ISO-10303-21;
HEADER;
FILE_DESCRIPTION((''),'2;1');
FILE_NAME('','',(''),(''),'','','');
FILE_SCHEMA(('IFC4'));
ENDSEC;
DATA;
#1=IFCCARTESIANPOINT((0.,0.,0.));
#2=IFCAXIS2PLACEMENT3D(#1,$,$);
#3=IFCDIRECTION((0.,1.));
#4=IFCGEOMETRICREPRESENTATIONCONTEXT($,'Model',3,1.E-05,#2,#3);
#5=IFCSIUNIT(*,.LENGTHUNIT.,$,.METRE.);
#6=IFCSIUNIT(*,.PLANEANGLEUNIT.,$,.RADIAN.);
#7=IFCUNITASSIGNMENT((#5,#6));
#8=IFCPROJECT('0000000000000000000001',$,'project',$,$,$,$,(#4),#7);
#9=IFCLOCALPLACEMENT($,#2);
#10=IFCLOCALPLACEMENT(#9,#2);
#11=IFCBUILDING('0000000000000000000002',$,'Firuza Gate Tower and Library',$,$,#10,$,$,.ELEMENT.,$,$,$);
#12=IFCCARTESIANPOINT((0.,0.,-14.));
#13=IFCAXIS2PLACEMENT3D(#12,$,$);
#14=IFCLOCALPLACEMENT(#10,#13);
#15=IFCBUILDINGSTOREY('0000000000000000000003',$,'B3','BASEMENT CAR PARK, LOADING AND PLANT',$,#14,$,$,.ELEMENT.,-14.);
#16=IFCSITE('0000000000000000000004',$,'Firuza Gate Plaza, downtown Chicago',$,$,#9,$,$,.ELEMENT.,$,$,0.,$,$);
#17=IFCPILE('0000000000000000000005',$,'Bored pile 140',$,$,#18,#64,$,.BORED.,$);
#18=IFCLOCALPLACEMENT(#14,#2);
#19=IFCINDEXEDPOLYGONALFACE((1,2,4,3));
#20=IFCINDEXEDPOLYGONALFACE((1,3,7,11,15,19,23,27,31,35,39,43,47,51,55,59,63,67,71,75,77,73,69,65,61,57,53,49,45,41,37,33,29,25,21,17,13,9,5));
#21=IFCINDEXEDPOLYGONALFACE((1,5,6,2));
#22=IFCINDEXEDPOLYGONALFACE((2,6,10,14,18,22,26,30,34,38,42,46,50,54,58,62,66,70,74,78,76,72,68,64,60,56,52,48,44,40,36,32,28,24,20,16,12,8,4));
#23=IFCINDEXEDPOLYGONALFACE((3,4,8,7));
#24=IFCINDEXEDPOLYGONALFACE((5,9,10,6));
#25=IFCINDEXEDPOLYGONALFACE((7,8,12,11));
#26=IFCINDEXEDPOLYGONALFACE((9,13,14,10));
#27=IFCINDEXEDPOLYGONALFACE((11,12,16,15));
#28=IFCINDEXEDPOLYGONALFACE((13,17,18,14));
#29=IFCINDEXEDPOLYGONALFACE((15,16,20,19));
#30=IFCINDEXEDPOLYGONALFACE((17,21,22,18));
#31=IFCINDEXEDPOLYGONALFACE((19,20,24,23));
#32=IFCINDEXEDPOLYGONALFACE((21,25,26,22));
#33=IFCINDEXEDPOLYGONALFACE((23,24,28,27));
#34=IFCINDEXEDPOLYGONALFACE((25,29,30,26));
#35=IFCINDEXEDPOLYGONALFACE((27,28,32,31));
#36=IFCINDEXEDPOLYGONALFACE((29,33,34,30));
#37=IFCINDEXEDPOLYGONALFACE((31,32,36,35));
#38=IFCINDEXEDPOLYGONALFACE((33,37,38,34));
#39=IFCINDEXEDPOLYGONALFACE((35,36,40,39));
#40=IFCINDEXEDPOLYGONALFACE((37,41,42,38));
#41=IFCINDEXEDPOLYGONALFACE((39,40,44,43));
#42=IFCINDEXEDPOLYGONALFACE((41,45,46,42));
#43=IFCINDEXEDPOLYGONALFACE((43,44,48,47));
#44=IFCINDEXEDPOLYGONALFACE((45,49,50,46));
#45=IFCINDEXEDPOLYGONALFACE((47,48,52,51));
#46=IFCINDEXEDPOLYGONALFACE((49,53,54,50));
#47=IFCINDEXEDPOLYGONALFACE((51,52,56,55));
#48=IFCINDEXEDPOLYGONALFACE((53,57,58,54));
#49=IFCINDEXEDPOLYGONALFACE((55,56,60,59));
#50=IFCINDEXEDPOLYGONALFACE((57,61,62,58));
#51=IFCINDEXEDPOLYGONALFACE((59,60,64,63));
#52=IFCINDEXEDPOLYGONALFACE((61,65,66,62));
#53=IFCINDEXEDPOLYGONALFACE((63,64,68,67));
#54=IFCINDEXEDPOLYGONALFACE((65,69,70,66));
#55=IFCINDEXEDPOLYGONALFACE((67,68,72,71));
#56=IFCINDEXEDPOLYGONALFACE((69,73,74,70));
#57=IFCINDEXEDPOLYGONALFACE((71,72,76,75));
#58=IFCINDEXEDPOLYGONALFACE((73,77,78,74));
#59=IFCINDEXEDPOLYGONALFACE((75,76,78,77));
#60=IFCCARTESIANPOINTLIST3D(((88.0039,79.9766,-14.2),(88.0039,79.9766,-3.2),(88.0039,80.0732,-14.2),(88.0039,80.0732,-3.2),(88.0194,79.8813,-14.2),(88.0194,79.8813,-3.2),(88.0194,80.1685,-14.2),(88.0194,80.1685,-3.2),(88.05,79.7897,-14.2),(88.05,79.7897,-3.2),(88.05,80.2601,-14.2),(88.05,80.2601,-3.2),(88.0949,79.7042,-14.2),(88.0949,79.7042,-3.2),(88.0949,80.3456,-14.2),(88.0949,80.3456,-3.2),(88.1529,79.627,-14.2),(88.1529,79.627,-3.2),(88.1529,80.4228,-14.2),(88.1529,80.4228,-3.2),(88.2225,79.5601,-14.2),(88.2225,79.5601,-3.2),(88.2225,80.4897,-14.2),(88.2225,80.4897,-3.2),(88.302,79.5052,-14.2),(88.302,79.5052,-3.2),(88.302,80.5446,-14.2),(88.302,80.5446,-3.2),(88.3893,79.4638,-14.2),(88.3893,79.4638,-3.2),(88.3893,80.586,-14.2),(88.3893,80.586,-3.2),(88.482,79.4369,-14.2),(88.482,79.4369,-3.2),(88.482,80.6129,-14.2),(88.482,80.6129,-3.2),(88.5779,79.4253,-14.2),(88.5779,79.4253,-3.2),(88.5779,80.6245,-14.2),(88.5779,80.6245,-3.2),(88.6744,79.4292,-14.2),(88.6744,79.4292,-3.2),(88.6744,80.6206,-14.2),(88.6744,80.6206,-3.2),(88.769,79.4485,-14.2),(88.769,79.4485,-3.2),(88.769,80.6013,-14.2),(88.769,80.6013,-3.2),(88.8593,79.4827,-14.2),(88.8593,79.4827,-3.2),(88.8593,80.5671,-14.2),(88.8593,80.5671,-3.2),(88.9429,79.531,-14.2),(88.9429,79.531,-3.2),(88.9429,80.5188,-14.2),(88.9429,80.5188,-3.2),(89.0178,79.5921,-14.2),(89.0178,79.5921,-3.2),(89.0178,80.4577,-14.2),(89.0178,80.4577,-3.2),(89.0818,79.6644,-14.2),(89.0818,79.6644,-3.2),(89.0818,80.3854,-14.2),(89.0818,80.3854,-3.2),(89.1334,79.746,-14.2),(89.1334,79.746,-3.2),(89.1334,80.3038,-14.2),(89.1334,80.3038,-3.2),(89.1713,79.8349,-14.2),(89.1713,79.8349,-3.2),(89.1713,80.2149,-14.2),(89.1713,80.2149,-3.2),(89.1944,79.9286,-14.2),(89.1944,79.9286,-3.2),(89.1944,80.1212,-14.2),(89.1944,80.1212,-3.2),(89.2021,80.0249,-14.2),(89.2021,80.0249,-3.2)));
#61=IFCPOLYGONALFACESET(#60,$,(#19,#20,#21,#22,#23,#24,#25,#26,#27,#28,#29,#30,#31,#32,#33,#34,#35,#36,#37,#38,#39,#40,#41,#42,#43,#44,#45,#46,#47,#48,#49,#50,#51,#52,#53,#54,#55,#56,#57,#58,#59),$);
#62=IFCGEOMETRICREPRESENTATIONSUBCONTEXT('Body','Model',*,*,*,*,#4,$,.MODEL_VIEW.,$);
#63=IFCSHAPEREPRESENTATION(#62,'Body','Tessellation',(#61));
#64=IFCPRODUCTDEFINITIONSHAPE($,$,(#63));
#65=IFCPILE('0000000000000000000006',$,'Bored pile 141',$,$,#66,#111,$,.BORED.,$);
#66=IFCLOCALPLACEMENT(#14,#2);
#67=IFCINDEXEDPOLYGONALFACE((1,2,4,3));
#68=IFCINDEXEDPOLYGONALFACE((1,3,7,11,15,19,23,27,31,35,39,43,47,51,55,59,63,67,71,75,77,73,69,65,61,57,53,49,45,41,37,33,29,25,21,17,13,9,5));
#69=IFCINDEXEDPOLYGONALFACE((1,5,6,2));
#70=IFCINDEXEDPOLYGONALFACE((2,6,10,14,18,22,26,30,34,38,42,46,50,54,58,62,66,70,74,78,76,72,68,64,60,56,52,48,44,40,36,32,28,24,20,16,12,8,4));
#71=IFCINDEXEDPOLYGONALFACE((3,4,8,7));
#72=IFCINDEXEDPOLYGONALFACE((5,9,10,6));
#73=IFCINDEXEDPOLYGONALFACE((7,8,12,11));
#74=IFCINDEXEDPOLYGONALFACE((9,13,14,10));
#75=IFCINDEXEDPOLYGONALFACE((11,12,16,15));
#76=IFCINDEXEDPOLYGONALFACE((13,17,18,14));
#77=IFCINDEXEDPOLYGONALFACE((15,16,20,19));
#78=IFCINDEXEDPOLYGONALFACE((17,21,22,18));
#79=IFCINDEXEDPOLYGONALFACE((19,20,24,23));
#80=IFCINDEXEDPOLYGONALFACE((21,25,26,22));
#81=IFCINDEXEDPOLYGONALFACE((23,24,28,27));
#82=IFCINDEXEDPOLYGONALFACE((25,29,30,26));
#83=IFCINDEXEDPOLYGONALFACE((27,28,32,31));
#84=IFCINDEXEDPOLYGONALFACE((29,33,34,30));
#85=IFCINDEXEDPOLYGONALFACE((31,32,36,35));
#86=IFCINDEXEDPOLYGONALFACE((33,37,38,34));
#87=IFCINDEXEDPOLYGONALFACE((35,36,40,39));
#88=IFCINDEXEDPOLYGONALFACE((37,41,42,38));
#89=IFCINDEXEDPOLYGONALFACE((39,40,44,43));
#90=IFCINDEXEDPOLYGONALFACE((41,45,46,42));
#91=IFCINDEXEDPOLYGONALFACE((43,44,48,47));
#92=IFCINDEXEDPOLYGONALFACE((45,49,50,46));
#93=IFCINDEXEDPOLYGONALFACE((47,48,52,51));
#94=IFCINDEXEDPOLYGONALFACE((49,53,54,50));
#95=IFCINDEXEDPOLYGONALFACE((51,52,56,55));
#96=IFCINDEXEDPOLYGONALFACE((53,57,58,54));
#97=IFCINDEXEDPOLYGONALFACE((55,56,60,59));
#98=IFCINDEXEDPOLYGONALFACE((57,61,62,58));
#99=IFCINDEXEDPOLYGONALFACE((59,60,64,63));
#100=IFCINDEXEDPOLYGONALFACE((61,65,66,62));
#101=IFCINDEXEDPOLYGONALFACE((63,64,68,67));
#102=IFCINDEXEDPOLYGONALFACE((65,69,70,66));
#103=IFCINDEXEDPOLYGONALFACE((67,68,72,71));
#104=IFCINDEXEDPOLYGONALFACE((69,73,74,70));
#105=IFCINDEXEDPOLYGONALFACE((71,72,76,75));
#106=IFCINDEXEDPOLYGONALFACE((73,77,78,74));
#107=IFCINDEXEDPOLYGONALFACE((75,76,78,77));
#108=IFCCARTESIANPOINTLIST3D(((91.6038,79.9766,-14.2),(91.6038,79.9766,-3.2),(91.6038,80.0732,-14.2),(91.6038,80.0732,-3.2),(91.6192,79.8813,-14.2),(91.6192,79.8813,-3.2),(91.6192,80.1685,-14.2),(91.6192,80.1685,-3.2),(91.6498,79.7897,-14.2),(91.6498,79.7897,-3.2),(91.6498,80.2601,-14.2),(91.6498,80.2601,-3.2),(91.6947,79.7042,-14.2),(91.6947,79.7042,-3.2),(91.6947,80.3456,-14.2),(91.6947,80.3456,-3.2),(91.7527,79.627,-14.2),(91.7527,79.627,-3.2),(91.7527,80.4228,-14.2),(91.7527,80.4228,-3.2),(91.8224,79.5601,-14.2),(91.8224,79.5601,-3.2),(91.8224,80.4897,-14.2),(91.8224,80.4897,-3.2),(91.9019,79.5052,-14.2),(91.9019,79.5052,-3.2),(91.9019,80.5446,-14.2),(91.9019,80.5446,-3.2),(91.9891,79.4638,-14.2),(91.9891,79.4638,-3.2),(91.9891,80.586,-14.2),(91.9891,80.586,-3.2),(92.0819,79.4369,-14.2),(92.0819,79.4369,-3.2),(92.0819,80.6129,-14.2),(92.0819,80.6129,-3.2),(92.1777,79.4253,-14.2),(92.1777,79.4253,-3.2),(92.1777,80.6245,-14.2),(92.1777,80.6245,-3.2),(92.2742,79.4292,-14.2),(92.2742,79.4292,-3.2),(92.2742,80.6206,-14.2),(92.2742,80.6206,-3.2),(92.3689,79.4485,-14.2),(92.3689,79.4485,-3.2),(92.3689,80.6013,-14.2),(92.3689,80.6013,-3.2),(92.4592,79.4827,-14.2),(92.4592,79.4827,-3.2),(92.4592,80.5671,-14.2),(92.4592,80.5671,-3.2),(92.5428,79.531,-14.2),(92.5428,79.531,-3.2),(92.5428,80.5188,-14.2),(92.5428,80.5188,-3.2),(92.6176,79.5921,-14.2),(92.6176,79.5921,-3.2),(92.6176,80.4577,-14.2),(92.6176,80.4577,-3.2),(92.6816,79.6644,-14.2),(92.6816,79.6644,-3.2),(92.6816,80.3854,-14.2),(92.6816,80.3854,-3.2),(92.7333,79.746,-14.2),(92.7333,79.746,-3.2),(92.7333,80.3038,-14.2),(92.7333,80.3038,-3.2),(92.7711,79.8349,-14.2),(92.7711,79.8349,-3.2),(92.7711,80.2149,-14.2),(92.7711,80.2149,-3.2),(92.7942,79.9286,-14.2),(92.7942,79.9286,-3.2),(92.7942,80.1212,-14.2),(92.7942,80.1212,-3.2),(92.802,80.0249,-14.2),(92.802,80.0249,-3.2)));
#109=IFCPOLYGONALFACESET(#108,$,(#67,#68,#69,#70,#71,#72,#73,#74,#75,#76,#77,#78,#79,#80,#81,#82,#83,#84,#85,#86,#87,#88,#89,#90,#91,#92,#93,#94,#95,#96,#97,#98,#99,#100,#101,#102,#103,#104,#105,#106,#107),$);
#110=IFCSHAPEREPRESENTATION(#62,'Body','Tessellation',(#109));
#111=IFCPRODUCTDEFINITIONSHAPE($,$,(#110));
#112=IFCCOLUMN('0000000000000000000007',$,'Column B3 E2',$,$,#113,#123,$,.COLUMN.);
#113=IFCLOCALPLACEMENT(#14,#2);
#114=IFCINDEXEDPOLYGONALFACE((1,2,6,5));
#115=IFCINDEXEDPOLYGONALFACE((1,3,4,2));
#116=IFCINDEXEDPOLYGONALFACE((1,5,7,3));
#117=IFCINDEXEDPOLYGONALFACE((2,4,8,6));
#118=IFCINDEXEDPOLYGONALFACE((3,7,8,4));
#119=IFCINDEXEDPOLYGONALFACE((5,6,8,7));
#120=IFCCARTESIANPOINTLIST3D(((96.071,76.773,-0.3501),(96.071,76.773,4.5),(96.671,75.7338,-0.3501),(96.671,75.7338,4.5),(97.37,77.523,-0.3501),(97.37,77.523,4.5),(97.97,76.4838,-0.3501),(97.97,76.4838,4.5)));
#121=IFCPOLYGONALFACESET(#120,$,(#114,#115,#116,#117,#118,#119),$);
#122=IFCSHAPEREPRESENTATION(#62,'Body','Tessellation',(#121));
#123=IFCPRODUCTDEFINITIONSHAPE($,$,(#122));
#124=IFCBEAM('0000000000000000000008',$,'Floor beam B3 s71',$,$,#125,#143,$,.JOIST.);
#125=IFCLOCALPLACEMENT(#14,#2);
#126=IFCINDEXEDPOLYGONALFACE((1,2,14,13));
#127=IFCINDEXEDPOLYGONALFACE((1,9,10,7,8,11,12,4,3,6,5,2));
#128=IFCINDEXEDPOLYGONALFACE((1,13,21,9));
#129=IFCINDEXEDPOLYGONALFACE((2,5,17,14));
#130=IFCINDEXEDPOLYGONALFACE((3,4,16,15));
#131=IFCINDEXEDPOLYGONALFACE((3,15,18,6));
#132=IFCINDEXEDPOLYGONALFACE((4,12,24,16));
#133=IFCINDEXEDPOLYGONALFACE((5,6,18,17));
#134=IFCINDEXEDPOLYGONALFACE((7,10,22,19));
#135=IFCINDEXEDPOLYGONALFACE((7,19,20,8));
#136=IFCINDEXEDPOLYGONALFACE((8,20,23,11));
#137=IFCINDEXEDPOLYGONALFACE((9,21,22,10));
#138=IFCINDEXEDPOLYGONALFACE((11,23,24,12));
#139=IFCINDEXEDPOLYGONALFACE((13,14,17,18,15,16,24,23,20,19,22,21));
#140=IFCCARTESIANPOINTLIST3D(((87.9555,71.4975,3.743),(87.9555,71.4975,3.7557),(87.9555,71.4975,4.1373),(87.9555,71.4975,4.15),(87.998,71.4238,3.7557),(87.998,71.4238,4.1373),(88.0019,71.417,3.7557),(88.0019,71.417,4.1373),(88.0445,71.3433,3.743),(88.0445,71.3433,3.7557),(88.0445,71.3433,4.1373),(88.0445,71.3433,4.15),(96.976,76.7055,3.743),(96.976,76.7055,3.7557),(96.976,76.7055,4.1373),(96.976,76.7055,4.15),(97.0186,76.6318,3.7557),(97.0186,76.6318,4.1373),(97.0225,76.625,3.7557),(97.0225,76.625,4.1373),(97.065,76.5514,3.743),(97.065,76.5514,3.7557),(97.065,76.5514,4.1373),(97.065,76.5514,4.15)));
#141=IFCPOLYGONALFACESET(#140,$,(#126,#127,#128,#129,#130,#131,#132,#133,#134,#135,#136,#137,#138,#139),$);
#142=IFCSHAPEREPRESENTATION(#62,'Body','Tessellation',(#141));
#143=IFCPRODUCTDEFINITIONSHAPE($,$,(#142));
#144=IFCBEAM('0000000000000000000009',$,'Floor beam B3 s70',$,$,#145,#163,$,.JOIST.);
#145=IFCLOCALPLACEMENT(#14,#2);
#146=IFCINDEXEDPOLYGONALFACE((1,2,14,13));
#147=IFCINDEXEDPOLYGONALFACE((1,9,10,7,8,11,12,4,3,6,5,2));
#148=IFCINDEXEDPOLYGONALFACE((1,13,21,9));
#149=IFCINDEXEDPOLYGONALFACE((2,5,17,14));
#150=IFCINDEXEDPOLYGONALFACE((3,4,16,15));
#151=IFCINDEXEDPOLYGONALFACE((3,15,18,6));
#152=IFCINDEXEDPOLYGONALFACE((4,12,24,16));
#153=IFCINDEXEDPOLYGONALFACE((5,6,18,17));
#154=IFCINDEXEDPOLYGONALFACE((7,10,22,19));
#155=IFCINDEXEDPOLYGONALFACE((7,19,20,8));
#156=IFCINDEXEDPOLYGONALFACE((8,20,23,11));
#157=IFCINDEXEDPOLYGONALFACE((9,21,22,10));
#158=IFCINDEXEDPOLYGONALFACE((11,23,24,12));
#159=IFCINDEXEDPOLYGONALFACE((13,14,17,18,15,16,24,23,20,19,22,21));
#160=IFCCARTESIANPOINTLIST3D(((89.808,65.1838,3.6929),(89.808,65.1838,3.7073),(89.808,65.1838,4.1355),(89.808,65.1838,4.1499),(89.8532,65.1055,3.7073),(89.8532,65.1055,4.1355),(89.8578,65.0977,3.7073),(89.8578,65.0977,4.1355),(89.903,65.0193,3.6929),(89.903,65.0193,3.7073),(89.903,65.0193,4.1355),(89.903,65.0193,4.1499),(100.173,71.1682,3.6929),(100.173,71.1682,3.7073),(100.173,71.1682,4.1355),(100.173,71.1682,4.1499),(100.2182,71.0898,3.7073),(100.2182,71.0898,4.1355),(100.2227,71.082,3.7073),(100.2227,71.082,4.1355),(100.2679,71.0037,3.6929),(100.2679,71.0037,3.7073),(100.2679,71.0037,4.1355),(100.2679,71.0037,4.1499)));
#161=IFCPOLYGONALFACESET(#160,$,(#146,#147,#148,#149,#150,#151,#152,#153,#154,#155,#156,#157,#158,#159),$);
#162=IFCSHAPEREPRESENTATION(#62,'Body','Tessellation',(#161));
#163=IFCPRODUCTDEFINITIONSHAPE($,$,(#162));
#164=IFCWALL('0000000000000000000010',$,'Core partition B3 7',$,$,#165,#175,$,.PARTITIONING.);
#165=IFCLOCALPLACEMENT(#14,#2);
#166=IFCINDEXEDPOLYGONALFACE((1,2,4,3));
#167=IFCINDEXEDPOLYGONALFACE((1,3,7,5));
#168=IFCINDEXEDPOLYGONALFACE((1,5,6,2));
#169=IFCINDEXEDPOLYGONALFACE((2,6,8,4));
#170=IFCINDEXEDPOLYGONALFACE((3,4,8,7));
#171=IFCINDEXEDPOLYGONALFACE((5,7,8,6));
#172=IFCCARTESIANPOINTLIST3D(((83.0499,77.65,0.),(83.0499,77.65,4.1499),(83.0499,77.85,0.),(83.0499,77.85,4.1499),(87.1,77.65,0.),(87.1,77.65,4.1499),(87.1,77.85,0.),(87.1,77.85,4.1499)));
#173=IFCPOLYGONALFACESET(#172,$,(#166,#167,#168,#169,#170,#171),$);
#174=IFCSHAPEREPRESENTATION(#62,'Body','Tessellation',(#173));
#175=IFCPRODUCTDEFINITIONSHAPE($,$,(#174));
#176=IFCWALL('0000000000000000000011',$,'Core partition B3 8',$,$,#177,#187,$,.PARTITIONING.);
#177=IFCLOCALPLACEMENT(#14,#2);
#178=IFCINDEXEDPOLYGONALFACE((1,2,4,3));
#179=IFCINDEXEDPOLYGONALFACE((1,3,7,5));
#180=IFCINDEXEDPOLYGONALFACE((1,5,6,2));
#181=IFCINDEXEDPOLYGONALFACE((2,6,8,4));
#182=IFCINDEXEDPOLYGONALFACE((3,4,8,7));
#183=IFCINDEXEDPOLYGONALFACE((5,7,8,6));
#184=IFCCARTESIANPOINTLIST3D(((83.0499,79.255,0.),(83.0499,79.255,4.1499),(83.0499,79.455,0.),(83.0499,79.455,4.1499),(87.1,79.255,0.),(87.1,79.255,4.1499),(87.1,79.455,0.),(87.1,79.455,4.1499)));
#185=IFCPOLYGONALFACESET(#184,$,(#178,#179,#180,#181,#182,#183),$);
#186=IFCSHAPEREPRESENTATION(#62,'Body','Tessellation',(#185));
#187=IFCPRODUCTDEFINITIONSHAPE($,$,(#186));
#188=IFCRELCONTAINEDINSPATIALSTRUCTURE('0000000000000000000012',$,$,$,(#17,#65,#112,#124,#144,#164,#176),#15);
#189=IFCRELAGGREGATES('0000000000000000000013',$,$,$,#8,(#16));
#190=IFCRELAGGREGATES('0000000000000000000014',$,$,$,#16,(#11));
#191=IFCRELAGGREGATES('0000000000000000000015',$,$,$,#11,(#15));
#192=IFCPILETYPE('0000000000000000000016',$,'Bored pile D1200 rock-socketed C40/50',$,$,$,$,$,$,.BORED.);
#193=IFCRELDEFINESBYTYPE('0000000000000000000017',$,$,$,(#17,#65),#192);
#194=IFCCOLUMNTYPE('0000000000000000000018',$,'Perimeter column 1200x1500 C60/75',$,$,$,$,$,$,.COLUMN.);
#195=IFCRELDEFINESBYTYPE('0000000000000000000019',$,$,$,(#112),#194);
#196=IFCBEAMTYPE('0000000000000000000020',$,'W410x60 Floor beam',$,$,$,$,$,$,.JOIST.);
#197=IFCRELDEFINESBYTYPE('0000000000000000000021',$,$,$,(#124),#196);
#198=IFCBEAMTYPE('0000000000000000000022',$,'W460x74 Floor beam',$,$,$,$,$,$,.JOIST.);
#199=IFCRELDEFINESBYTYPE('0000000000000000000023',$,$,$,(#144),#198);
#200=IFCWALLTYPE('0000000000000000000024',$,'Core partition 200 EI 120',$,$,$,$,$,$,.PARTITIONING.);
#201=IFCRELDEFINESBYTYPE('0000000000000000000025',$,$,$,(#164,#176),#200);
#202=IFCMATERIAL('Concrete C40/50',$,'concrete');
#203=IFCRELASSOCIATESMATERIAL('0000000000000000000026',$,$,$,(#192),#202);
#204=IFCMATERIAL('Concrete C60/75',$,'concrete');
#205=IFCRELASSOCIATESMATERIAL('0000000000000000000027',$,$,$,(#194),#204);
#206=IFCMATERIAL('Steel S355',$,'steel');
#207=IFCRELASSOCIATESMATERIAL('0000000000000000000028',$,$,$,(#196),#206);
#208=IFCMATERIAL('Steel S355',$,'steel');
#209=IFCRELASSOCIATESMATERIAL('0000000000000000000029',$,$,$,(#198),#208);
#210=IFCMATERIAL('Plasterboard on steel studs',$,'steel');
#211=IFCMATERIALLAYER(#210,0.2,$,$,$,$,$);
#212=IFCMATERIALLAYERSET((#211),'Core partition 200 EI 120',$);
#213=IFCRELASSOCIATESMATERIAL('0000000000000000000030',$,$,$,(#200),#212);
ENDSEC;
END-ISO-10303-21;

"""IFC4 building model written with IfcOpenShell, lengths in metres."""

from ifc_helpers import new_model, si_unit, direction, frame, frame_2d, origin, origin_2d, place, context, subcontext, project, spatial, rectangle, circle, i_section, extrude, material, layer, layer_set, material_profile, profile_set, type_object, element, save


model = new_model("IFC4")

# Units and contexts
model_context = context("Model", 3, precision=1e-05, world=origin(), true_north=direction((0.0, 1.0)))
body_context = subcontext(model_context, "Body", "Model", "MODEL_VIEW")
ifc_project = project(units=[si_unit("LENGTHUNIT", "METRE"), si_unit("PLANEANGLEUNIT", "RADIAN")], contexts=[model_context])

# Site, building, storey
site_placement = place(None, origin())
site = spatial("IfcSite", under=ifc_project, at=site_placement, Name="Firuza Gate Plaza, downtown Chicago", CompositionType="ELEMENT", RefElevation=0.0)
building_placement = place(site_placement, origin())
building = spatial("IfcBuilding", under=site, at=building_placement, Name="Firuza Gate Tower and Library", CompositionType="ELEMENT")
storey_placement = place(building_placement, frame((0.0, 0.0, -14.0)))
storey = spatial("IfcBuildingStorey", under=building, at=storey_placement, Name="B3", Description="BASEMENT CAR PARK, LOADING AND PLANT", CompositionType="ELEMENT", Elevation=-14.0)

# Piles
ifc_material_1 = material(Name="Concrete C40/50", Category="concrete")
ifc_material_profile_1 = material_profile(ifc_material_1, circle(Radius=0.6001, at=origin_2d()))
ifc_profile_set_1 = profile_set([ifc_material_profile_1], Name="Concrete C40/50")
pile_type = type_object("IfcPileType", Name="Bored pile D1200 rock-socketed C40/50", PredefinedType="BORED", material=ifc_profile_set_1)
for number, where, z_axis, x_axis, name in (
    (1, (88.6021, 80.0249, -3.2), (0.0, 0.0, -1.0), (1.0, 0.0, 0.0), "Bored pile 140"),
    (2, (92.2019, 80.0249, -3.2), (0.0, 0.0, -1.0), (1.0, 0.0, 0.0), "Bored pile 141"),
):
    element("IfcPile", number, at=place(storey_placement, frame(where, z_axis=z_axis, x_axis=x_axis)), inside=storey, type_object=pile_type, Name=name, PredefinedType="BORED", context=body_context, shape_type="SweptSolid", body=[
        extrude(circle(Radius=0.6001, at=origin_2d()), origin(), (0.0, 0.0, 1.0), 11.0),
    ])

# Column
ifc_material_2 = material(Name="Concrete C60/75", Category="concrete")
ifc_material_profile_2 = material_profile(ifc_material_2, rectangle(XDim=1.2, YDim=1.5, at=origin_2d()))
ifc_profile_set_2 = profile_set([ifc_material_profile_2], Name="Concrete C60/75")
column_type = type_object("IfcColumnType", Name="Perimeter column 1200x1500 C60/75", PredefinedType="COLUMN", material=ifc_profile_set_2)
column_placement = place(storey_placement, frame((97.0205, 76.6284, -0.3501), z_axis=(0.0, 0.0, 1.0), x_axis=(-0.5, 0.866025, 0.0)))
element("IfcColumn", 3, at=column_placement, inside=storey, type_object=column_type, Name="Column B3 E2", PredefinedType="COLUMN", context=body_context, shape_type="SweptSolid", body=[
    extrude(rectangle(XDim=1.2, YDim=1.5, at=origin_2d()), origin(), (0.0, 0.0, 1.0), 4.8501),
])

# Beams
ifc_material_3 = material(Name="Steel S355", Category="steel")
ifc_material_profile_3 = material_profile(ifc_material_3, i_section(OverallWidth=0.178, OverallDepth=0.407, WebThickness=0.0078, FlangeThickness=0.0127, at=origin_2d()))
ifc_profile_set_3 = profile_set([ifc_material_profile_3], Name="Steel S355")
beam_type_1 = type_object("IfcBeamType", Name="W410x60 Floor beam", PredefinedType="JOIST", material=ifc_profile_set_3)
beam_1_placement = place(storey_placement, frame((97.0205, 76.6284, 3.9465), z_axis=(-0.866025, -0.500001, 0.0), x_axis=(0.500001, -0.866025, 0.0)))
element("IfcBeam", 4, at=beam_1_placement, inside=storey, type_object=beam_type_1, Name="Floor beam B3 s71", PredefinedType="JOIST", context=body_context, shape_type="SweptSolid", body=[
    extrude(i_section(OverallWidth=0.178, OverallDepth=0.407, WebThickness=0.0078, FlangeThickness=0.0127, at=origin_2d()), origin(), (0.0, 0.0, 1.0), 10.416),
])
ifc_material_4 = material(Name="Steel S355", Category="steel")
ifc_material_profile_4 = material_profile(ifc_material_4, i_section(OverallWidth=0.1899, OverallDepth=0.457, WebThickness=0.009, FlangeThickness=0.0144, at=origin_2d()))
ifc_profile_set_4 = profile_set([ifc_material_profile_4], Name="Steel S355")
beam_type_2 = type_object("IfcBeamType", Name="W460x74 Floor beam", PredefinedType="JOIST", material=ifc_profile_set_4)
beam_2_placement = place(storey_placement, frame((100.2205, 71.0859, 3.9214), z_axis=(-0.86602, -0.500009, 0.0), x_axis=(0.500009, -0.86602, 0.0)))
element("IfcBeam", 5, at=beam_2_placement, inside=storey, type_object=beam_type_2, Name="Floor beam B3 s70", PredefinedType="JOIST", context=body_context, shape_type="SweptSolid", body=[
    extrude(i_section(OverallWidth=0.1899, OverallDepth=0.457, WebThickness=0.009, FlangeThickness=0.0144, at=origin_2d()), origin(), (0.0, 0.0, 1.0), 11.9685),
])

# Walls
ifc_material_5 = material(Name="Plasterboard on steel studs", Category="steel")
ifc_layer_1 = layer(ifc_material_5, 0.2)
ifc_layer_set_1 = layer_set([ifc_layer_1], Name="Core partition 200 EI 120")
wall_type_1 = type_object("IfcWallType", Name="Core partition 200 EI 120", PredefinedType="PARTITIONING", material=ifc_layer_set_1)
for number, where, z_axis, x_axis, name in (
    (6, (83.05, 77.75, 0.0), (0.0, 0.0, 1.0), (1.0, 0.0, 0.0), "Core partition B3 7"),
    (7, (83.05, 79.355, 0.0), (0.0, 0.0, 1.0), (1.0, 0.0, 0.0), "Core partition B3 8"),
):
    element("IfcWall", number, at=place(storey_placement, frame(where, z_axis=z_axis, x_axis=x_axis)), inside=storey, type_object=wall_type_1, Name=name, PredefinedType="PARTITIONING", context=body_context, shape_type="SweptSolid", body=[
        extrude(rectangle(XDim=4.05, YDim=0.2, at=frame_2d((2.0249, 0.0))), origin(), (0.0, 0.0, 1.0), 4.1499),
    ])

save(model, "model.ifc")
